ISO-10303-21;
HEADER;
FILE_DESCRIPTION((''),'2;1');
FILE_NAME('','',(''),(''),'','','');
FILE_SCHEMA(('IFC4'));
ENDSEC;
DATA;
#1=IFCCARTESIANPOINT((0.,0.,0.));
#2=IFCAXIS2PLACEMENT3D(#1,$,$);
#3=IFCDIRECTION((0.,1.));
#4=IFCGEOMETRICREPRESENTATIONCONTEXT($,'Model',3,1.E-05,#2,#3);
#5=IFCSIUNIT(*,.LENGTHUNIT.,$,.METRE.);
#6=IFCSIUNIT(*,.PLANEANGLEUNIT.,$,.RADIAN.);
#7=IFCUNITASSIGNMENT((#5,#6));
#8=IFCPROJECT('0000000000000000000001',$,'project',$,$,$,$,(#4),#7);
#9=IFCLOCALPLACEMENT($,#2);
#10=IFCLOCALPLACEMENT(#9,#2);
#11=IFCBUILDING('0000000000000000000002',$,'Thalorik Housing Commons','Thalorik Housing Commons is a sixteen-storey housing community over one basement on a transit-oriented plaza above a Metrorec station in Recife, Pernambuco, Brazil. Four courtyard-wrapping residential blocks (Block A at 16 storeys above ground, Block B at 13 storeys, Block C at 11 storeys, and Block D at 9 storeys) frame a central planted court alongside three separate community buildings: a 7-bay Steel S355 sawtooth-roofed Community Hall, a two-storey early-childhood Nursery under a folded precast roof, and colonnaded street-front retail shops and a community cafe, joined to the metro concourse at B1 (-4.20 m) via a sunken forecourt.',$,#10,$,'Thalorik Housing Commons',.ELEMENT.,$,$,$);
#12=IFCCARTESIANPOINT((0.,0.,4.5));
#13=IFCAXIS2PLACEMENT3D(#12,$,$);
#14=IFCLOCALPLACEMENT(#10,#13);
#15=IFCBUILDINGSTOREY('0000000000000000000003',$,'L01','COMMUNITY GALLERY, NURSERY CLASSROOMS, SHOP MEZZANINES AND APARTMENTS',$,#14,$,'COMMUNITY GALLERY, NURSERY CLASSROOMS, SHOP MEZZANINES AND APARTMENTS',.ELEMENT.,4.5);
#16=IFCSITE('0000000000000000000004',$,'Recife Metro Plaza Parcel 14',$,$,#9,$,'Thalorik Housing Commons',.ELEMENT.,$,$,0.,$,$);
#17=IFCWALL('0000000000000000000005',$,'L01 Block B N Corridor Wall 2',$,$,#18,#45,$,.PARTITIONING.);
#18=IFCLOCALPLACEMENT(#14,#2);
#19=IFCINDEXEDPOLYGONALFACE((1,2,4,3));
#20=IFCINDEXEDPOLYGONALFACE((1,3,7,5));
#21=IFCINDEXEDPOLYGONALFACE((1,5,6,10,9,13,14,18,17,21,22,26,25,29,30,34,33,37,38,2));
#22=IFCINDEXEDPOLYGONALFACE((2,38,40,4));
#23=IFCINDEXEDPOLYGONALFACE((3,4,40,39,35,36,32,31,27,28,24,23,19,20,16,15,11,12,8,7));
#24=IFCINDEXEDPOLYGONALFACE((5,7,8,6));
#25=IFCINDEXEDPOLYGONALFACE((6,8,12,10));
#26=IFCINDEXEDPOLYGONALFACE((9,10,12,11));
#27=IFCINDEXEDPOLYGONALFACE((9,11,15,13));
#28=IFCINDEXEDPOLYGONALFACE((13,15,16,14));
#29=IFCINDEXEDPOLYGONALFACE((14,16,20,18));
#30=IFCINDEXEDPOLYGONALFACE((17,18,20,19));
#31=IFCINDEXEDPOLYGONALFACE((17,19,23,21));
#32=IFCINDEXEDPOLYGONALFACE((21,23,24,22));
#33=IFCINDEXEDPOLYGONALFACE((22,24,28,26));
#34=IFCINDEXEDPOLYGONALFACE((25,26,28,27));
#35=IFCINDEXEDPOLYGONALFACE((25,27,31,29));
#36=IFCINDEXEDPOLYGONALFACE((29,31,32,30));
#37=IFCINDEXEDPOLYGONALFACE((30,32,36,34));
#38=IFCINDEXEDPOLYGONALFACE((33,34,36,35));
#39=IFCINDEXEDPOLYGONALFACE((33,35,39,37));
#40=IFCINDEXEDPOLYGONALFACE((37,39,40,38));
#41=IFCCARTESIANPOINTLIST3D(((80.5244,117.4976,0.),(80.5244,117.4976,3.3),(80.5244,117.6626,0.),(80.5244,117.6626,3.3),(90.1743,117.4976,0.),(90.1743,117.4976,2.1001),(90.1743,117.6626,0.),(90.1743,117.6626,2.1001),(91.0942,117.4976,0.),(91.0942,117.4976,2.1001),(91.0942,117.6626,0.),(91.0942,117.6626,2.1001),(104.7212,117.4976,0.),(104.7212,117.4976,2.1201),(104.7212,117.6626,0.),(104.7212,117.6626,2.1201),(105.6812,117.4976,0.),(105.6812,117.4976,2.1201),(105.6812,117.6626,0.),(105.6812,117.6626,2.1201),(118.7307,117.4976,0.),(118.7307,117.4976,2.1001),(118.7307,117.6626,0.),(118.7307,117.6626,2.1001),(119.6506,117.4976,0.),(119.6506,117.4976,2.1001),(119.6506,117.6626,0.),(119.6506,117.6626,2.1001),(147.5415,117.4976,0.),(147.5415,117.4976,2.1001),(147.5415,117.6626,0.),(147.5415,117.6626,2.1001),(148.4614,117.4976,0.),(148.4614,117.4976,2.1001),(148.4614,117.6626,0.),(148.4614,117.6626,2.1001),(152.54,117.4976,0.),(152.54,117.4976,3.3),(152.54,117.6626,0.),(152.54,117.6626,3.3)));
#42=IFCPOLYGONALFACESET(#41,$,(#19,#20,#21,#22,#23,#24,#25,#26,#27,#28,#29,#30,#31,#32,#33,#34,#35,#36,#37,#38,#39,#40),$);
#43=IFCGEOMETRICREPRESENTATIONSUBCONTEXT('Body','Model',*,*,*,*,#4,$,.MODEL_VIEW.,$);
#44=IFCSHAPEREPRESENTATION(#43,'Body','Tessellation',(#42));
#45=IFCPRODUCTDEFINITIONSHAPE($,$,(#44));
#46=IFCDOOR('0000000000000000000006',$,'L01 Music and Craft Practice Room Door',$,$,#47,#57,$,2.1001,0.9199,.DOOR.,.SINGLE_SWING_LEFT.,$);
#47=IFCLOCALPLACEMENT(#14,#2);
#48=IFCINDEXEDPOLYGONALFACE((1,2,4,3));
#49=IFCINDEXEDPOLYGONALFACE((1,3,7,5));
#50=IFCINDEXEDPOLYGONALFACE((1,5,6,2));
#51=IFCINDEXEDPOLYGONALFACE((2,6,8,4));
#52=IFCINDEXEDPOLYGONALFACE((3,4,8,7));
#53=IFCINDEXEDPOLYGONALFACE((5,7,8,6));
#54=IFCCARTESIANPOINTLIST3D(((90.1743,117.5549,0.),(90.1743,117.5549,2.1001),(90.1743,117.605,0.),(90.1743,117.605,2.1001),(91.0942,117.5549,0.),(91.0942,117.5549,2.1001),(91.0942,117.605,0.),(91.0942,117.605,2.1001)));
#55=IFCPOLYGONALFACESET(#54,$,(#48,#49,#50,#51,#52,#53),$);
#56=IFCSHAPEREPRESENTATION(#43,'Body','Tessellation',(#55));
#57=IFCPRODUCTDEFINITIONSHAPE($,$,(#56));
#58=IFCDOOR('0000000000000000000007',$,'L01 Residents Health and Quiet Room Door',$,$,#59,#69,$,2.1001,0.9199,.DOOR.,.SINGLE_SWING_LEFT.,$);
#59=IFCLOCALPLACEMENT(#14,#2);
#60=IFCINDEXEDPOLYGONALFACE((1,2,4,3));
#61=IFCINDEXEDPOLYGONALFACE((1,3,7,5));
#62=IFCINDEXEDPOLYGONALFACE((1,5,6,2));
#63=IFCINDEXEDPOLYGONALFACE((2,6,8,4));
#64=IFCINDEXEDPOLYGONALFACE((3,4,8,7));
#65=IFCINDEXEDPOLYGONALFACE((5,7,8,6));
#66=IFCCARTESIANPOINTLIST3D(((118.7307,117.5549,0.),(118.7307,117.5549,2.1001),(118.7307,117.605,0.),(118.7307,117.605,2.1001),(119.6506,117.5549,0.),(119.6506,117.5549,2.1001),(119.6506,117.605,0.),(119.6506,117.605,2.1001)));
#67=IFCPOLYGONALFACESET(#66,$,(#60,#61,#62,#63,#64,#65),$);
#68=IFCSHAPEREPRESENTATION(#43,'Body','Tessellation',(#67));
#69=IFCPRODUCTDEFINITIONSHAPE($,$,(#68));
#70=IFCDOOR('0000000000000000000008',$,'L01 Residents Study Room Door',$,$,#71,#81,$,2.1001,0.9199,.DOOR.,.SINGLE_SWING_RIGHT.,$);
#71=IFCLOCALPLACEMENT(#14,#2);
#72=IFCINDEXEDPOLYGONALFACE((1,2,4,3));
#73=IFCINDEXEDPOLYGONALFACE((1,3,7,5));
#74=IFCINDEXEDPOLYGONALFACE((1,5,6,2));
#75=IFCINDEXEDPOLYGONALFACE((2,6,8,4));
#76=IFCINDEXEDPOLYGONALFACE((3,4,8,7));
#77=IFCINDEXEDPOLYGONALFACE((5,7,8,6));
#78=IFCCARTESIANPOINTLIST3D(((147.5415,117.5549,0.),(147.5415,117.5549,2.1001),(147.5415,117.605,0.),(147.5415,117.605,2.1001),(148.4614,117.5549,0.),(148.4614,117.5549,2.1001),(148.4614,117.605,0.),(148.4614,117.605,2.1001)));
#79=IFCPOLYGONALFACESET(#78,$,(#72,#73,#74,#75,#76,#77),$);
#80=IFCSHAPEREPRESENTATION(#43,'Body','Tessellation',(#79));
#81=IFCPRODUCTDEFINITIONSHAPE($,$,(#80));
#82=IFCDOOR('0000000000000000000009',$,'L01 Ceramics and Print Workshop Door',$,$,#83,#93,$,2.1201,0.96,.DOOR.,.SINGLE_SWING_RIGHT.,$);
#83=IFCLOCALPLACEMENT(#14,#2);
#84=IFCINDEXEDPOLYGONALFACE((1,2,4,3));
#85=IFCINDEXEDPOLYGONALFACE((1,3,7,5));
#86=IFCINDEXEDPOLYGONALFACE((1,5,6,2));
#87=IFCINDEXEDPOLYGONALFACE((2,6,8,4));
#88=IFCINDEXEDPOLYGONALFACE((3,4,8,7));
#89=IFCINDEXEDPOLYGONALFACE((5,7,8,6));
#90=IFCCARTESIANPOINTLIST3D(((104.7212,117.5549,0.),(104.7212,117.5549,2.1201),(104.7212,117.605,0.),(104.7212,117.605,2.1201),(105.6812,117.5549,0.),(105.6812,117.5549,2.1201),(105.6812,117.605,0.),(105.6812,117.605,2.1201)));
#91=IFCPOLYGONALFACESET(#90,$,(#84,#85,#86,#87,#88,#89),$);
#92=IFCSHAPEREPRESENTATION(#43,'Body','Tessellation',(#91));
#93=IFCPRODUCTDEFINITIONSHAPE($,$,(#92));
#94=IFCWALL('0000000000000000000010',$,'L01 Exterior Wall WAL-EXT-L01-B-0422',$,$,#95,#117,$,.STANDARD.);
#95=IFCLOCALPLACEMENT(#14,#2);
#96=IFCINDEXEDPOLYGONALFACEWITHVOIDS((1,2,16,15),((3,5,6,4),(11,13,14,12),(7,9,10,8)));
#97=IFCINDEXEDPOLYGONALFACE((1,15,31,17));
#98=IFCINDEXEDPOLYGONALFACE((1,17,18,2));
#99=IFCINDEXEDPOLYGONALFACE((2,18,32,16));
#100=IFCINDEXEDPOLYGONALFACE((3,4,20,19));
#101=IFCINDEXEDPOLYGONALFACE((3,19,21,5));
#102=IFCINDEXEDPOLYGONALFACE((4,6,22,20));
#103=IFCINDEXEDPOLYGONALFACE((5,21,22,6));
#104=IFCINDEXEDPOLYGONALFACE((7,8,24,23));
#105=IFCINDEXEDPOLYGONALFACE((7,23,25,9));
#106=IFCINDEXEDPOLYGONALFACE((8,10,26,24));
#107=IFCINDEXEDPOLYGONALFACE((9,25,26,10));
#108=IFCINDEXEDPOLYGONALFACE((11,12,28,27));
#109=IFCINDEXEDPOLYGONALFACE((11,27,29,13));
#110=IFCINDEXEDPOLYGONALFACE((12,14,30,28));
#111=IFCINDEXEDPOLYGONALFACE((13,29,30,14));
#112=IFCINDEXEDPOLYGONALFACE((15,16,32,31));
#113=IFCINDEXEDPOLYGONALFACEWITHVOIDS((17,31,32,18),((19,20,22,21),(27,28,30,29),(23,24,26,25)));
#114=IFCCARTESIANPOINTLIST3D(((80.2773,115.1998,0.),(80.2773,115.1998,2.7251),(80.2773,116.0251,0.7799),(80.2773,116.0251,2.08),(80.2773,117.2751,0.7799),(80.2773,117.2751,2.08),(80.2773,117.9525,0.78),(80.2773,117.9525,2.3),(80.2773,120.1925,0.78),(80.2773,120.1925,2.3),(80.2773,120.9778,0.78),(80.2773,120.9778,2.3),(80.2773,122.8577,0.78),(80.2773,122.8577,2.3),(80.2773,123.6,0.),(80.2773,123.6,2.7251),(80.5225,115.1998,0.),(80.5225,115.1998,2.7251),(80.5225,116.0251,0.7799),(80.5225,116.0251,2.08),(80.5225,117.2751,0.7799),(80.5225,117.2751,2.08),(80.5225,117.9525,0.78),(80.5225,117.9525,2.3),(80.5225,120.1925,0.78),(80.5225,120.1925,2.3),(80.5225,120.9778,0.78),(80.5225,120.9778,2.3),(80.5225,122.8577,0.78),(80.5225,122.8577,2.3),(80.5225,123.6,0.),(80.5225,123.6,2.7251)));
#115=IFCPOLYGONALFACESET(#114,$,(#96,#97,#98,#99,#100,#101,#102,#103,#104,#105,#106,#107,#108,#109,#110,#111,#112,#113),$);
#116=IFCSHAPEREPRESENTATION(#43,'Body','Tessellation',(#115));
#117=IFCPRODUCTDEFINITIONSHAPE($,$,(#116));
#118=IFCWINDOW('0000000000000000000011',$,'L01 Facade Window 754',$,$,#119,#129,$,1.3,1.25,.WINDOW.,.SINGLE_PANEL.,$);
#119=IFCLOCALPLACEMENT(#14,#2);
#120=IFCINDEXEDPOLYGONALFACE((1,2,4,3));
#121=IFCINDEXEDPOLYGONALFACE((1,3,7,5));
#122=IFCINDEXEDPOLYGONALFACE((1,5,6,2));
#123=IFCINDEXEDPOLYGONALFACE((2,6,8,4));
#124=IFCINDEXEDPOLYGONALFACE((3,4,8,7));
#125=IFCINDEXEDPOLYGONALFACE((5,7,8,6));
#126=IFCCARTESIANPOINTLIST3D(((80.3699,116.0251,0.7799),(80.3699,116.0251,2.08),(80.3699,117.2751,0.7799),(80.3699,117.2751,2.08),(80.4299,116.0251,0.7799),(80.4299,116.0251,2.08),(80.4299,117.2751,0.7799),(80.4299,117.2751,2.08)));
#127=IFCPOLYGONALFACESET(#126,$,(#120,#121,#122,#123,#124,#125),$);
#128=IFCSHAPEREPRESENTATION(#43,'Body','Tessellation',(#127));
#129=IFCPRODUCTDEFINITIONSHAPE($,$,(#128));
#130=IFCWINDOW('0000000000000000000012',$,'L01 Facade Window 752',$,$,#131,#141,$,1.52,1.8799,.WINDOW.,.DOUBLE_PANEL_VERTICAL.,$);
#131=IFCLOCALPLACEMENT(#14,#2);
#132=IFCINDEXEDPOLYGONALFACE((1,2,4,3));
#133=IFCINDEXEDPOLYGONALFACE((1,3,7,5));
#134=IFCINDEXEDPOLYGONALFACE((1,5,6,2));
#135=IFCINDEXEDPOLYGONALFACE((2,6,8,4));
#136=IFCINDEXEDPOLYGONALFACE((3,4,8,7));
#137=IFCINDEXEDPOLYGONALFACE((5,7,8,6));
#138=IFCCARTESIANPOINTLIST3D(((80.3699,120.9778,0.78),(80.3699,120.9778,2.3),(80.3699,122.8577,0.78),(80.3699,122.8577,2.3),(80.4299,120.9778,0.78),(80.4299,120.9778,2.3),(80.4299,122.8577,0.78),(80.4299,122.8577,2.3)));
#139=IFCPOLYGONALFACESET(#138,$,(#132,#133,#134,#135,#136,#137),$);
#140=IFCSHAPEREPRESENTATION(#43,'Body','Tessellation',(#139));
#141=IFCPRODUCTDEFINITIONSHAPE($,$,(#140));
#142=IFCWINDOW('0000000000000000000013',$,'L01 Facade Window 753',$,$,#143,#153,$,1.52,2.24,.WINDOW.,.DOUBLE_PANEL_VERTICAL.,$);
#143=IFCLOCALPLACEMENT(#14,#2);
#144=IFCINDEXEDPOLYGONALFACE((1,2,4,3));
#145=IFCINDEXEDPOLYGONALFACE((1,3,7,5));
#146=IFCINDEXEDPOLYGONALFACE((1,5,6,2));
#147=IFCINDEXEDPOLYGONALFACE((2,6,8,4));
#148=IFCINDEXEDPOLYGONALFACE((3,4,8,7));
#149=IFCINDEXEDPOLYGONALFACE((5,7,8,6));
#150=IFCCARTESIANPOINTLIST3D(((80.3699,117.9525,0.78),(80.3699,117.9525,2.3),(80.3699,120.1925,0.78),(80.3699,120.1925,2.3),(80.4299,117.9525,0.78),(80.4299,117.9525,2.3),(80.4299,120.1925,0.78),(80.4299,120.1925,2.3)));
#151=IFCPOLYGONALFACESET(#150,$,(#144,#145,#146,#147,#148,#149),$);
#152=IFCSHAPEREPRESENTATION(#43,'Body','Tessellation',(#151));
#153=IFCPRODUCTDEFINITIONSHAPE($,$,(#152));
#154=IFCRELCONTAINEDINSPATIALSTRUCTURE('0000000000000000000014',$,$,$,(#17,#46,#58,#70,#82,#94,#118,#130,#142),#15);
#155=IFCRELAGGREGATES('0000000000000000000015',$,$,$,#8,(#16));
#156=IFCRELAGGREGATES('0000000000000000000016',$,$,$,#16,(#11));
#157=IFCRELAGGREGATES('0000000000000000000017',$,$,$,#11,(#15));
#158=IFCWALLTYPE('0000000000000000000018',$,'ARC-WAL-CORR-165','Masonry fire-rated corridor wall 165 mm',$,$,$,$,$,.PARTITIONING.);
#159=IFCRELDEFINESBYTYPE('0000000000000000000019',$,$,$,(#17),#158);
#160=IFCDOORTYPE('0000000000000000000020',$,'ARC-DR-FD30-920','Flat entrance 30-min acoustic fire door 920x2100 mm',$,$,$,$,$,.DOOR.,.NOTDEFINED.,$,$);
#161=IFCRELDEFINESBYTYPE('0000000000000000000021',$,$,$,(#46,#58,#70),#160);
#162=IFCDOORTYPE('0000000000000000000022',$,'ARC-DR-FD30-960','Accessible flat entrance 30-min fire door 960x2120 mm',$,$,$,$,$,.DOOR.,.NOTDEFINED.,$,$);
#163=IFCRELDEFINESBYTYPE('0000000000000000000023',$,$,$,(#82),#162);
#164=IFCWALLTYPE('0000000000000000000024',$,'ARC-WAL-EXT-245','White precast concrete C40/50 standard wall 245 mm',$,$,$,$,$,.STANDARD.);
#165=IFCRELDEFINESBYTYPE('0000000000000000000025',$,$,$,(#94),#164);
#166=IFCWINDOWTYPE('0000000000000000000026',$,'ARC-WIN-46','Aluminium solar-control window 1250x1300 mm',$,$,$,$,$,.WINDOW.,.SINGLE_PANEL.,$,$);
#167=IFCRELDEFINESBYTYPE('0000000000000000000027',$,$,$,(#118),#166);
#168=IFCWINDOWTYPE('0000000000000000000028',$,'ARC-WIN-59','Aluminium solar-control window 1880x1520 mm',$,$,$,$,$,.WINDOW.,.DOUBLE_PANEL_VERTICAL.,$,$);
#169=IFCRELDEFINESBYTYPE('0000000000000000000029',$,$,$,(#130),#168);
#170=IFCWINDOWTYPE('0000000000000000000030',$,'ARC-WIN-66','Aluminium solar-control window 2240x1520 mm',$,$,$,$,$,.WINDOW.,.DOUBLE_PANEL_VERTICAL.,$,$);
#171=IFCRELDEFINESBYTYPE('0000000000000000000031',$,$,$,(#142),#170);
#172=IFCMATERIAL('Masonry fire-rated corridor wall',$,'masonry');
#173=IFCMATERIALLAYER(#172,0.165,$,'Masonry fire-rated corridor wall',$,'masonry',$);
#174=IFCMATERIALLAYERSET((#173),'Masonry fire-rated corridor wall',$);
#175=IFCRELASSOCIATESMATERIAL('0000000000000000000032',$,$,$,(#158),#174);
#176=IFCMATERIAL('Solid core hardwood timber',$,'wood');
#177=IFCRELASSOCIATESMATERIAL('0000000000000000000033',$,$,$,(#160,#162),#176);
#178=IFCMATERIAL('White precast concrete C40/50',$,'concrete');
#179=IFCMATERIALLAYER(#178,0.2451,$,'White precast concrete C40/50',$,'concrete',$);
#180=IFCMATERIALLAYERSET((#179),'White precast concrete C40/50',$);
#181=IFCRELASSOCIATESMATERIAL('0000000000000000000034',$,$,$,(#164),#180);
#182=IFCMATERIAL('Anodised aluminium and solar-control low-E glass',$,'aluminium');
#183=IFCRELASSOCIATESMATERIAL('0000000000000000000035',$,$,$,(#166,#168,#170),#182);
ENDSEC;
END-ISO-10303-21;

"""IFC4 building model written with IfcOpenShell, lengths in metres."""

from ifc_helpers import new_model, si_unit, direction, frame, frame_2d, origin, place, context, subcontext, project, spatial, rectangle, extrude, material, layer, layer_set, type_object, element, fill, save


model = new_model("IFC4")

# Units and contexts
model_context = context("Model", 3, precision=1e-05, world=origin(), true_north=direction((0.0, 1.0)))
body_context = subcontext(model_context, "Body", "Model", "MODEL_VIEW")
ifc_project = project(units=[si_unit("LENGTHUNIT", "METRE"), si_unit("PLANEANGLEUNIT", "RADIAN")], contexts=[model_context])

# Site, building, storey
site_placement = place(None, origin())
site = spatial("IfcSite", under=ifc_project, at=site_placement, Name="Recife Metro Plaza Parcel 14", LongName="Thalorik Housing Commons", CompositionType="ELEMENT", RefElevation=0.0)
building_placement = place(site_placement, origin())
building = spatial("IfcBuilding", under=site, at=building_placement, Name="Thalorik Housing Commons", Description="Thalorik Housing Commons is a sixteen-storey housing community over one basement on a transit-oriented plaza above a Metrorec station in Recife, Pernambuco, Brazil. Four courtyard-wrapping residential blocks (Block A at 16 storeys above ground, Block B at 13 storeys, Block C at 11 storeys, and Block D at 9 storeys) frame a central planted court alongside three separate community buildings: a 7-bay Steel S355 sawtooth-roofed Community Hall, a two-storey early-childhood Nursery under a folded precast roof, and colonnaded street-front retail shops and a community cafe, joined to the metro concourse at B1 (-4.20 m) via a sunken forecourt.", LongName="Thalorik Housing Commons", CompositionType="ELEMENT")
storey_placement = place(building_placement, frame((0.0, 0.0, 4.5)))
storey = spatial("IfcBuildingStorey", under=building, at=storey_placement, Name="L01", Description="COMMUNITY GALLERY, NURSERY CLASSROOMS, SHOP MEZZANINES AND APARTMENTS", LongName="COMMUNITY GALLERY, NURSERY CLASSROOMS, SHOP MEZZANINES AND APARTMENTS", CompositionType="ELEMENT", Elevation=4.5)

# Wall, openings, doors
ifc_material_1 = material(Name="Masonry fire-rated corridor wall", Category="masonry")
ifc_layer_1 = layer(ifc_material_1, 0.165, Name="Masonry fire-rated corridor wall", Category="masonry")
ifc_layer_set_1 = layer_set([ifc_layer_1], Name="Masonry fire-rated corridor wall")
wall_type_1 = type_object("IfcWallType", Name="ARC-WAL-CORR-165", Description="Masonry fire-rated corridor wall 165 mm", PredefinedType="PARTITIONING", material=ifc_layer_set_1)
wall_1_placement = place(storey_placement, frame((80.5244, 117.5801, 0.0), z_axis=(0.0, 0.0, 1.0), x_axis=(1.0, 0.0, 0.0)))
wall_1 = element("IfcWall", 1, at=wall_1_placement, inside=storey, type_object=wall_type_1, Name="L01 Block B N Corridor Wall 2", PredefinedType="PARTITIONING", context=body_context, shape_type="SweptSolid", body=[
    extrude(rectangle(XDim=72.0156, YDim=0.165, at=frame_2d((36.0078, 0.0))), origin(), (0.0, 0.0, 1.0), 3.3),
])
opening_1_placement = place(wall_1_placement, frame((9.6499, 0.0, 0.0)))
opening_1 = element("IfcOpeningElement", 2, at=opening_1_placement, cuts=wall_1, PredefinedType="OPENING", context=body_context, shape_type="SweptSolid", body=[
    extrude(rectangle(XDim=0.9199, YDim=2.1001, at=frame_2d((0.46, 1.05))), frame((0.0, 0.0925, 0.0), z_axis=(0.0, -1.0, 0.0), x_axis=(1.0, 0.0, 0.0)), (0.0, 0.0, 1.0), 0.1851),
])
opening_2_placement = place(wall_1_placement, frame((24.1968, 0.0, 0.0)))
opening_2 = element("IfcOpeningElement", 3, at=opening_2_placement, cuts=wall_1, PredefinedType="OPENING", context=body_context, shape_type="SweptSolid", body=[
    extrude(rectangle(XDim=0.96, YDim=2.1201, at=frame_2d((0.48, 1.0601))), frame((0.0, 0.0925, 0.0), z_axis=(0.0, -1.0, 0.0), x_axis=(1.0, 0.0, 0.0)), (0.0, 0.0, 1.0), 0.1851),
])
opening_3_placement = place(wall_1_placement, frame((38.2063, 0.0, 0.0)))
opening_3 = element("IfcOpeningElement", 4, at=opening_3_placement, cuts=wall_1, PredefinedType="OPENING", context=body_context, shape_type="SweptSolid", body=[
    extrude(rectangle(XDim=0.9199, YDim=2.1001, at=frame_2d((0.46, 1.05))), frame((0.0, 0.0925, 0.0), z_axis=(0.0, -1.0, 0.0), x_axis=(1.0, 0.0, 0.0)), (0.0, 0.0, 1.0), 0.1851),
])
opening_4_placement = place(wall_1_placement, frame((67.0171, 0.0, 0.0)))
opening_4 = element("IfcOpeningElement", 5, at=opening_4_placement, cuts=wall_1, PredefinedType="OPENING", context=body_context, shape_type="SweptSolid", body=[
    extrude(rectangle(XDim=0.9199, YDim=2.1001, at=frame_2d((0.46, 1.05))), frame((0.0, 0.0925, 0.0), z_axis=(0.0, -1.0, 0.0), x_axis=(1.0, 0.0, 0.0)), (0.0, 0.0, 1.0), 0.1851),
])
ifc_material_2 = material(Name="Solid core hardwood timber", Category="wood")
door_type_1 = type_object("IfcDoorType", Name="ARC-DR-FD30-920", Description="Flat entrance 30-min acoustic fire door 920x2100 mm", OperationType="NOTDEFINED", PredefinedType="DOOR", material=ifc_material_2)
door_1_placement = place(opening_1_placement, origin())
door_1 = element("IfcDoor", 6, at=door_1_placement, inside=storey, type_object=door_type_1, Name="L01 Music and Craft Practice Room Door", OperationType="SINGLE_SWING_LEFT", OverallHeight=2.1001, OverallWidth=0.9199, PredefinedType="DOOR", context=body_context, shape_type="SweptSolid", body=[
    extrude(rectangle(XDim=0.9199, YDim=2.1001, at=frame_2d((0.46, 1.05))), frame((0.0, 0.0249, 0.0), z_axis=(0.0, -1.0, 0.0), x_axis=(1.0, 0.0, 0.0)), (0.0, 0.0, 1.0), 0.05),
])
fill(opening_1, door_1)
door_2_placement = place(opening_3_placement, origin())
door_2 = element("IfcDoor", 7, at=door_2_placement, inside=storey, type_object=door_type_1, Name="L01 Residents Health and Quiet Room Door", OperationType="SINGLE_SWING_LEFT", OverallHeight=2.1001, OverallWidth=0.9199, PredefinedType="DOOR", context=body_context, shape_type="SweptSolid", body=[
    extrude(rectangle(XDim=0.9199, YDim=2.1001, at=frame_2d((0.46, 1.05))), frame((0.0, 0.0249, 0.0), z_axis=(0.0, -1.0, 0.0), x_axis=(1.0, 0.0, 0.0)), (0.0, 0.0, 1.0), 0.05),
])
fill(opening_3, door_2)
door_3_placement = place(opening_4_placement, origin())
door_3 = element("IfcDoor", 8, at=door_3_placement, inside=storey, type_object=door_type_1, Name="L01 Residents Study Room Door", OperationType="SINGLE_SWING_RIGHT", OverallHeight=2.1001, OverallWidth=0.9199, PredefinedType="DOOR", context=body_context, shape_type="SweptSolid", body=[
    extrude(rectangle(XDim=0.9199, YDim=2.1001, at=frame_2d((0.46, 1.05))), frame((0.0, 0.0249, 0.0), z_axis=(0.0, -1.0, 0.0), x_axis=(1.0, 0.0, 0.0)), (0.0, 0.0, 1.0), 0.05),
])
fill(opening_4, door_3)
door_type_2 = type_object("IfcDoorType", Name="ARC-DR-FD30-960", Description="Accessible flat entrance 30-min fire door 960x2120 mm", OperationType="NOTDEFINED", PredefinedType="DOOR", material=ifc_material_2)
door_4_placement = place(opening_2_placement, origin())
door_4 = element("IfcDoor", 9, at=door_4_placement, inside=storey, type_object=door_type_2, Name="L01 Ceramics and Print Workshop Door", OperationType="SINGLE_SWING_RIGHT", OverallHeight=2.1201, OverallWidth=0.96, PredefinedType="DOOR", context=body_context, shape_type="SweptSolid", body=[
    extrude(rectangle(XDim=0.96, YDim=2.1201, at=frame_2d((0.48, 1.0601))), frame((0.0, 0.0249, 0.0), z_axis=(0.0, -1.0, 0.0), x_axis=(1.0, 0.0, 0.0)), (0.0, 0.0, 1.0), 0.05),
])
fill(opening_2, door_4)

# Wall, openings, windows
ifc_material_3 = material(Name="White precast concrete C40/50", Category="concrete")
ifc_layer_2 = layer(ifc_material_3, 0.2451, Name="White precast concrete C40/50", Category="concrete")
ifc_layer_set_2 = layer_set([ifc_layer_2], Name="White precast concrete C40/50")
wall_type_2 = type_object("IfcWallType", Name="ARC-WAL-EXT-245", Description="White precast concrete C40/50 standard wall 245 mm", PredefinedType="STANDARD", material=ifc_layer_set_2)
wall_2_placement = place(storey_placement, frame((80.3999, 123.6001, 0.0), z_axis=(0.0, 0.0, 1.0), x_axis=(0.0, -1.0, 0.0)))
wall_2 = element("IfcWall", 10, at=wall_2_placement, inside=storey, type_object=wall_type_2, Name="L01 Exterior Wall WAL-EXT-L01-B-0422", PredefinedType="STANDARD", context=body_context, shape_type="SweptSolid", body=[
    extrude(rectangle(XDim=8.4001, YDim=0.2451, at=frame_2d((4.2002, 0.0))), origin(), (0.0, 0.0, 1.0), 2.7251),
])
opening_5_placement = place(wall_2_placement, frame((0.7424, 0.0, 0.78)))
opening_5 = element("IfcOpeningElement", 11, at=opening_5_placement, cuts=wall_2, PredefinedType="OPENING", context=body_context, shape_type="SweptSolid", body=[
    extrude(rectangle(XDim=1.8799, YDim=1.52, at=frame_2d((0.9399, 0.76))), frame((0.0, 0.1326, 0.0), z_axis=(0.0, -1.0, 0.0), x_axis=(1.0, 0.0, 0.0)), (0.0, 0.0, 1.0), 0.2651),
])
opening_6_placement = place(wall_2_placement, frame((3.4075, 0.0, 0.78)))
opening_6 = element("IfcOpeningElement", 12, at=opening_6_placement, cuts=wall_2, PredefinedType="OPENING", context=body_context, shape_type="SweptSolid", body=[
    extrude(rectangle(XDim=2.24, YDim=1.52, at=frame_2d((1.1201, 0.76))), frame((0.0, 0.1326, 0.0), z_axis=(0.0, -1.0, 0.0), x_axis=(1.0, 0.0, 0.0)), (0.0, 0.0, 1.0), 0.2651),
])
opening_7_placement = place(wall_2_placement, frame((6.325, 0.0, 0.78)))
opening_7 = element("IfcOpeningElement", 13, at=opening_7_placement, cuts=wall_2, PredefinedType="OPENING", context=body_context, shape_type="SweptSolid", body=[
    extrude(rectangle(XDim=1.25, YDim=1.3, at=frame_2d((0.625, 0.6499))), frame((0.0, 0.1326, 0.0), z_axis=(0.0, -1.0, 0.0), x_axis=(1.0, 0.0, 0.0)), (0.0, 0.0, 1.0), 0.2651),
])
ifc_material_4 = material(Name="Anodised aluminium and solar-control low-E glass", Category="aluminium")
window_type_1 = type_object("IfcWindowType", Name="ARC-WIN-46", Description="Aluminium solar-control window 1250x1300 mm", PartitioningType="SINGLE_PANEL", PredefinedType="WINDOW", material=ifc_material_4)
window_1_placement = place(opening_7_placement, origin())
window_1 = element("IfcWindow", 14, at=window_1_placement, inside=storey, type_object=window_type_1, Name="L01 Facade Window 754", OverallHeight=1.3, OverallWidth=1.25, PartitioningType="SINGLE_PANEL", PredefinedType="WINDOW", context=body_context, shape_type="SweptSolid", body=[
    extrude(rectangle(XDim=1.25, YDim=1.3, at=frame_2d((0.625, 0.6499))), frame((0.0, 0.03, 0.0), z_axis=(0.0, -1.0, 0.0), x_axis=(1.0, 0.0, 0.0)), (0.0, 0.0, 1.0), 0.0601),
])
fill(opening_7, window_1)
window_type_2 = type_object("IfcWindowType", Name="ARC-WIN-59", Description="Aluminium solar-control window 1880x1520 mm", PartitioningType="DOUBLE_PANEL_VERTICAL", PredefinedType="WINDOW", material=ifc_material_4)
window_2_placement = place(opening_5_placement, origin())
window_2 = element("IfcWindow", 15, at=window_2_placement, inside=storey, type_object=window_type_2, Name="L01 Facade Window 752", OverallHeight=1.52, OverallWidth=1.8799, PartitioningType="DOUBLE_PANEL_VERTICAL", PredefinedType="WINDOW", context=body_context, shape_type="SweptSolid", body=[
    extrude(rectangle(XDim=1.8799, YDim=1.52, at=frame_2d((0.9399, 0.76))), frame((0.0, 0.03, 0.0), z_axis=(0.0, -1.0, 0.0), x_axis=(1.0, 0.0, 0.0)), (0.0, 0.0, 1.0), 0.0601),
])
fill(opening_5, window_2)
window_type_3 = type_object("IfcWindowType", Name="ARC-WIN-66", Description="Aluminium solar-control window 2240x1520 mm", PartitioningType="DOUBLE_PANEL_VERTICAL", PredefinedType="WINDOW", material=ifc_material_4)
window_3_placement = place(opening_6_placement, origin())
window_3 = element("IfcWindow", 16, at=window_3_placement, inside=storey, type_object=window_type_3, Name="L01 Facade Window 753", OverallHeight=1.52, OverallWidth=2.24, PartitioningType="DOUBLE_PANEL_VERTICAL", PredefinedType="WINDOW", context=body_context, shape_type="SweptSolid", body=[
    extrude(rectangle(XDim=2.24, YDim=1.52, at=frame_2d((1.1201, 0.76))), frame((0.0, 0.03, 0.0), z_axis=(0.0, -1.0, 0.0), x_axis=(1.0, 0.0, 0.0)), (0.0, 0.0, 1.0), 0.0601),
])
fill(opening_6, window_3)

save(model, "model.ifc")
